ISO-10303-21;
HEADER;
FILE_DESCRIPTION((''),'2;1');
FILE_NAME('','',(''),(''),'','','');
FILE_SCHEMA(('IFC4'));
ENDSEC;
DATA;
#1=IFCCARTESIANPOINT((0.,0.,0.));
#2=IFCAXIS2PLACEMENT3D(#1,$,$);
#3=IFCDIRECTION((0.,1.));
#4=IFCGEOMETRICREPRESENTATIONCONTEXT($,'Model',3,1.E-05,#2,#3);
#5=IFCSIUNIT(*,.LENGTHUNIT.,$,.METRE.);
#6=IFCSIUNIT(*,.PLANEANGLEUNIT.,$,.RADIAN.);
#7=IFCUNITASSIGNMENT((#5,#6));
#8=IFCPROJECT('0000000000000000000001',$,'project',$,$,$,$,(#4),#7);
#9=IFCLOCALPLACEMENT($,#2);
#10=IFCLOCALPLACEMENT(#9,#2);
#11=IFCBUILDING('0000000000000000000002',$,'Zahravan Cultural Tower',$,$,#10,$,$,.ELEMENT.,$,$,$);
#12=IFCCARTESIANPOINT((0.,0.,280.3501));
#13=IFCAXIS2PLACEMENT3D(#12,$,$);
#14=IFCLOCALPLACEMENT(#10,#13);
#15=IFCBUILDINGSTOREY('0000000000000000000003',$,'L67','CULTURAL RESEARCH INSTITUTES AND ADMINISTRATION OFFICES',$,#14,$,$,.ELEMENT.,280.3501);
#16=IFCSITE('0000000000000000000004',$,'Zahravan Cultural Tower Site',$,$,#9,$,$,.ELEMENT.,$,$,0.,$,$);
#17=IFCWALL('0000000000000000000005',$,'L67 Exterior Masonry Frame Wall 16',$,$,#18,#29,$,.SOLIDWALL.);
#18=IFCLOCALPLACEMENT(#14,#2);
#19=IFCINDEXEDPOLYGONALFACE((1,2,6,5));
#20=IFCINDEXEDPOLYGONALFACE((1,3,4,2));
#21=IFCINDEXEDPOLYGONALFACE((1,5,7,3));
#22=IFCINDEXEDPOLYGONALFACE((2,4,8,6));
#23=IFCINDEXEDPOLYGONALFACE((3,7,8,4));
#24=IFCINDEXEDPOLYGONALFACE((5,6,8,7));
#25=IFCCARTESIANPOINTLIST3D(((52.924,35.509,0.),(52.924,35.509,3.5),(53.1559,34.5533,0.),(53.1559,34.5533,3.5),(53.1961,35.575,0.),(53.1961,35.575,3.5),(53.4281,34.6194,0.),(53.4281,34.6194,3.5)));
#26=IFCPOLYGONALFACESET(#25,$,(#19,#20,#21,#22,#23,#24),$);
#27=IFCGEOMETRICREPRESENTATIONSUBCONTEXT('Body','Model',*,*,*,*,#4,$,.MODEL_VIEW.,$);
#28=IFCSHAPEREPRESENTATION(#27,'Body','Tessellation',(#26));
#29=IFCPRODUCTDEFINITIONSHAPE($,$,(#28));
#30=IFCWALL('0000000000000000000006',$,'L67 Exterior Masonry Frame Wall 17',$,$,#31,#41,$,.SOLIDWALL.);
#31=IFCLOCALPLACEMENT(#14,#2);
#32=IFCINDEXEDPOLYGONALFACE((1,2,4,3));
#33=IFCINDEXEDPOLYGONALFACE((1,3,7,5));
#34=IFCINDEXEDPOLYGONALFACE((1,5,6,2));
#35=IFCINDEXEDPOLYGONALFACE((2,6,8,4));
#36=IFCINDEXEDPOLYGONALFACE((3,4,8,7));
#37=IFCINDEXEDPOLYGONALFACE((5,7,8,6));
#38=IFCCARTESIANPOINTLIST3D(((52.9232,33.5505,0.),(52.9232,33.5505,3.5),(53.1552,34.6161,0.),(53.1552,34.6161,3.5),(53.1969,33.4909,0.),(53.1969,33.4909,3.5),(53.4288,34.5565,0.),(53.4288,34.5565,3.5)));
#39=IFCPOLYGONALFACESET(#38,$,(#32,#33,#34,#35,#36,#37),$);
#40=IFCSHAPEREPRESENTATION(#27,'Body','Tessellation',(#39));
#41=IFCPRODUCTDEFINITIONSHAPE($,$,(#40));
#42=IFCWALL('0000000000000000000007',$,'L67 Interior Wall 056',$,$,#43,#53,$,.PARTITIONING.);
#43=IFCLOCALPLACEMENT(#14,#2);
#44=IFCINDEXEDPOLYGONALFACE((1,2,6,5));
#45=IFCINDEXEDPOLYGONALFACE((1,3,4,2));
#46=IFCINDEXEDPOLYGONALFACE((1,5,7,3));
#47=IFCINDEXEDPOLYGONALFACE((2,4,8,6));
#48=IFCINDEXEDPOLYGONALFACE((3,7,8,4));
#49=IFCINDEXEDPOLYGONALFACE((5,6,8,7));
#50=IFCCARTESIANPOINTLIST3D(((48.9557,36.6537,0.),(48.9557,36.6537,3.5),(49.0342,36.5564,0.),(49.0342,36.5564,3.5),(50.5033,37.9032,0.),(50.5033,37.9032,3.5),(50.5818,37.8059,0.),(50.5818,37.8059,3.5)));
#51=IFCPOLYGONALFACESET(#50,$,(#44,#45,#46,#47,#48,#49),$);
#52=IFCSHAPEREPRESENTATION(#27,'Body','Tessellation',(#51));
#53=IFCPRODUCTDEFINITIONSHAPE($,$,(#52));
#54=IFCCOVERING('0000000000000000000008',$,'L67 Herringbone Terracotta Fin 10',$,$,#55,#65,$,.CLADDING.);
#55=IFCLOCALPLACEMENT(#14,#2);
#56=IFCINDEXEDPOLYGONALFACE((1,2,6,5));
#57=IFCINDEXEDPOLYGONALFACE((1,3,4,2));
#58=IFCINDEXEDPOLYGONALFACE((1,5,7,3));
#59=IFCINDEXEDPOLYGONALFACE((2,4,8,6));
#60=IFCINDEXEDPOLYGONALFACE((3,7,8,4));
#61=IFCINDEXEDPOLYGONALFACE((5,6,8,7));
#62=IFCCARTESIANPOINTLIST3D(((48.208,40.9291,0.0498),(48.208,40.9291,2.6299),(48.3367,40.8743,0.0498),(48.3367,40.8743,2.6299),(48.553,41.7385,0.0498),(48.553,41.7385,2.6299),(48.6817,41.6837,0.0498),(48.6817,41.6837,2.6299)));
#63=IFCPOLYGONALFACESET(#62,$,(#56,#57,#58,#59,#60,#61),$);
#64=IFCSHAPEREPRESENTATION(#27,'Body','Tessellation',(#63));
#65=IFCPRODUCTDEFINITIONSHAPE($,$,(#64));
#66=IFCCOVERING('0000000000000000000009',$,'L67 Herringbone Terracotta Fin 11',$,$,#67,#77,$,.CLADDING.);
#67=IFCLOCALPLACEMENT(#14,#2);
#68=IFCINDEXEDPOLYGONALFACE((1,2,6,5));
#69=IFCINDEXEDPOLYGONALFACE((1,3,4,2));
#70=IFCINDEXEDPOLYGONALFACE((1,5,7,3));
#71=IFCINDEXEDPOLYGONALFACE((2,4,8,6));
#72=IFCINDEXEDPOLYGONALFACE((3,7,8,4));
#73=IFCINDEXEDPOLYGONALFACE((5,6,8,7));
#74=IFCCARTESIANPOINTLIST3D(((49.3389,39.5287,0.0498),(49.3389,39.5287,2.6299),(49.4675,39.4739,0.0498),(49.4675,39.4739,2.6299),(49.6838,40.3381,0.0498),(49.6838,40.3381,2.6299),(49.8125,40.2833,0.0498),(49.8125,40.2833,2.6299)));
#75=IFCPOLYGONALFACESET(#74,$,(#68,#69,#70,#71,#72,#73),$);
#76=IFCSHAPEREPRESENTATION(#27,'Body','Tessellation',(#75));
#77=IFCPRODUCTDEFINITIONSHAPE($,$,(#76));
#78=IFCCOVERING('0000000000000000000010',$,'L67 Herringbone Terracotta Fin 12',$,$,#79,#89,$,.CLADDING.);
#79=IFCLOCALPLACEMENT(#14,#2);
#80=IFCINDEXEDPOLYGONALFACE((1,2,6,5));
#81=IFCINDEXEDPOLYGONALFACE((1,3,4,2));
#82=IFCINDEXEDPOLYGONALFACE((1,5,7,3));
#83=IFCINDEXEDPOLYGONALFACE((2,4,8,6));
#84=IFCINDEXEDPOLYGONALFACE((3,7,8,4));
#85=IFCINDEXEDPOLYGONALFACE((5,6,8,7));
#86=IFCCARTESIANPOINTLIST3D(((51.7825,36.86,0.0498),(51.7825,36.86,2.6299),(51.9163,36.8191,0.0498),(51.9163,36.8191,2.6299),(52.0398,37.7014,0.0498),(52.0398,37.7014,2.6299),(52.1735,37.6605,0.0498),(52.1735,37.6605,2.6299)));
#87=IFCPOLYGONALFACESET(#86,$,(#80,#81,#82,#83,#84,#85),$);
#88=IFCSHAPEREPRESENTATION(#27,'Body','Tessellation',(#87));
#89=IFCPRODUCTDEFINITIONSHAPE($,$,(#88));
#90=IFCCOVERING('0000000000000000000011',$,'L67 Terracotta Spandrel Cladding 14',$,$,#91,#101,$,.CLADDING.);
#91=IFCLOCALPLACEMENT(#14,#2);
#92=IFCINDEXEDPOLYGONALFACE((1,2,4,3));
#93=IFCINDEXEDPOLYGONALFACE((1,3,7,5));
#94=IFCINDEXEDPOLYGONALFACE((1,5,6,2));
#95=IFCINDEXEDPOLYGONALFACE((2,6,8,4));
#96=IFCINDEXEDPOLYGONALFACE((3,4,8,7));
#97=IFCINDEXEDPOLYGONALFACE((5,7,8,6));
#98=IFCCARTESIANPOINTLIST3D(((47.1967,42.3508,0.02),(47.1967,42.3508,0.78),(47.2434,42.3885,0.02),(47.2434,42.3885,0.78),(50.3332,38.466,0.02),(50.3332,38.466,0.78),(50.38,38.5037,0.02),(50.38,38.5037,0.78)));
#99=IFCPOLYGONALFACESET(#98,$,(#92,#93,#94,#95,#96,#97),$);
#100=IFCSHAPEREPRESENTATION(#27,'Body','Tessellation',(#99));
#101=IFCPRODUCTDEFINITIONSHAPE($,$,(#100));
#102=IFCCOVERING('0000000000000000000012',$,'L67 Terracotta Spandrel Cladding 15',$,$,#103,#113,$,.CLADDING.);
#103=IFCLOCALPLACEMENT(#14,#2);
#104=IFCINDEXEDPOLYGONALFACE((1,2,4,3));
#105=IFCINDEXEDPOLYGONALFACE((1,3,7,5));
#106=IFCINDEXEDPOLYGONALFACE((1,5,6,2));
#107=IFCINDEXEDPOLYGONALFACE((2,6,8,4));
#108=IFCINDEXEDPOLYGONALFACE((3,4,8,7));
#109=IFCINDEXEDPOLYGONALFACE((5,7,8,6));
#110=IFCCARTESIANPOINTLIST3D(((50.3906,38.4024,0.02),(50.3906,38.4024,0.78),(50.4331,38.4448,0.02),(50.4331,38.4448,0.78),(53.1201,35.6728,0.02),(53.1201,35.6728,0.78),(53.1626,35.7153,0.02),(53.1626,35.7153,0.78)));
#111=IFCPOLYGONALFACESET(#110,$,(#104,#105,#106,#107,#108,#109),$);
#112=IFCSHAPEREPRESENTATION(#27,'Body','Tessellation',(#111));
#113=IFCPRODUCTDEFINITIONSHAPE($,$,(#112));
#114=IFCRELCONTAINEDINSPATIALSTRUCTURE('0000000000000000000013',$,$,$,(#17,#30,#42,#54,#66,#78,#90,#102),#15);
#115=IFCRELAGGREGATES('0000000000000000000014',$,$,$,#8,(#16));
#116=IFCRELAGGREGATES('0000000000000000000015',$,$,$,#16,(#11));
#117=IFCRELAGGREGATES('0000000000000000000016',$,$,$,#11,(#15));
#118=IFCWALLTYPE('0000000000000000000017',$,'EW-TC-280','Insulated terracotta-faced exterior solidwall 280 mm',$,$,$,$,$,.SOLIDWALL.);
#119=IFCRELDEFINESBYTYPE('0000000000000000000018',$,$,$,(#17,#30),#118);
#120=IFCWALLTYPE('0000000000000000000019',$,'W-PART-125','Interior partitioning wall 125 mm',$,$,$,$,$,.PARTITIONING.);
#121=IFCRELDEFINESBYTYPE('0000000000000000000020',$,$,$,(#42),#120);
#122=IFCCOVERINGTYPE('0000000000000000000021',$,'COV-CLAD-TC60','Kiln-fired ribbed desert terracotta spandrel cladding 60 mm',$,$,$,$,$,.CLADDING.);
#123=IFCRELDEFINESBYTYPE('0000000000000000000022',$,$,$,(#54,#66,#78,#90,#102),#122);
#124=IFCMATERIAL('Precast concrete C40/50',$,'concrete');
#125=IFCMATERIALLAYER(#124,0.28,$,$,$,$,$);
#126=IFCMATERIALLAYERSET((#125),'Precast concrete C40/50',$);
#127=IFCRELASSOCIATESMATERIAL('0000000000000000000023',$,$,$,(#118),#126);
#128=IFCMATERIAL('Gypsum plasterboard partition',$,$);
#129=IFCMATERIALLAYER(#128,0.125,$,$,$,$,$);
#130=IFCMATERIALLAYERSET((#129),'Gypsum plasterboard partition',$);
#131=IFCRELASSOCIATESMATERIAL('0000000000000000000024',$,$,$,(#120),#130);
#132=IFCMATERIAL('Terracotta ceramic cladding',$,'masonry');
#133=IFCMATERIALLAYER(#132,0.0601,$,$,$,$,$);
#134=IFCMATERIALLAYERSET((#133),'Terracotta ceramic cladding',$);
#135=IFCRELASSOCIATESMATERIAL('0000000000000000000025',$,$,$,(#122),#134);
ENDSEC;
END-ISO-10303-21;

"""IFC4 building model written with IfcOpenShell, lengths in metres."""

from ifc_helpers import new_model, si_unit, direction, frame, frame_2d, origin, origin_2d, place, context, subcontext, project, spatial, rectangle, extrude, source, transform, mapped, material, layer, layer_set, type_object, element, save


model = new_model("IFC4")

# Units and contexts
model_context = context("Model", 3, precision=1e-05, world=origin(), true_north=direction((0.0, 1.0)))
body_context = subcontext(model_context, "Body", "Model", "MODEL_VIEW")
ifc_project = project(units=[si_unit("LENGTHUNIT", "METRE"), si_unit("PLANEANGLEUNIT", "RADIAN")], contexts=[model_context])

# Site, building, storey
site_placement = place(None, origin())
site = spatial("IfcSite", under=ifc_project, at=site_placement, Name="Zahravan Cultural Tower Site", CompositionType="ELEMENT", RefElevation=0.0)
building_placement = place(site_placement, origin())
building = spatial("IfcBuilding", under=site, at=building_placement, Name="Zahravan Cultural Tower", CompositionType="ELEMENT")
storey_placement = place(building_placement, frame((0.0, 0.0, 280.3501)))
storey = spatial("IfcBuildingStorey", under=building, at=storey_placement, Name="L67", Description="CULTURAL RESEARCH INSTITUTES AND ADMINISTRATION OFFICES", CompositionType="ELEMENT", Elevation=280.3501)

# Shared definitions
ifc_material_1 = material(Name="Precast concrete C40/50", Category="concrete")
ifc_layer_1 = layer(ifc_material_1, 0.28)
ifc_layer_set_1 = layer_set([ifc_layer_1], Name="Precast concrete C40/50")
wall_type_1 = type_object("IfcWallType", Name="EW-TC-280", Description="Insulated terracotta-faced exterior solidwall 280 mm", PredefinedType="SOLIDWALL", material=ifc_layer_set_1)

# Walls
shared_shape_1 = source(origin(), body_context, "Body", "SweptSolid", [
    extrude(rectangle(XDim=0.9834, YDim=0.28, at=frame_2d((0.4917, 0.0))), origin(), (0.0, 0.0, 1.0), 3.5),
])
wall_1_placement = place(storey_placement, frame((53.0601, 35.542, 0.0), z_axis=(0.0, 0.0, 1.0), x_axis=(0.23587, -0.971785, 0.0)))
element("IfcWall", 1, at=wall_1_placement, inside=storey, type_object=wall_type_1, Name="L67 Exterior Masonry Frame Wall 16", PredefinedType="SOLIDWALL", context=body_context, shape_type="MappedRepresentation", body=[
    mapped(shared_shape_1, transform((0.0, 0.0, 0.0), x_axis=(1.0, 0.0, 0.0), y_axis=(0.0, 1.0, 0.0), z_axis=(0.0, 0.0, 1.0), scale=1.0)),
])
shared_shape_2 = source(origin(), body_context, "Body", "SweptSolid", [
    extrude(rectangle(XDim=1.0906, YDim=0.28, at=frame_2d((0.5454, 0.0))), origin(), (0.0, 0.0, 1.0), 3.5),
])
wall_2_placement = place(storey_placement, frame((53.292, 34.5864, 0.0), z_axis=(0.0, 0.0, 1.0), x_axis=(-0.212662, -0.977126, 0.0)))
element("IfcWall", 2, at=wall_2_placement, inside=storey, type_object=wall_type_1, Name="L67 Exterior Masonry Frame Wall 17", PredefinedType="SOLIDWALL", context=body_context, shape_type="MappedRepresentation", body=[
    mapped(shared_shape_2, transform((0.0, 0.0, 0.0), x_axis=(1.0, 0.0, 0.0), y_axis=(0.0, 1.0, 0.0), z_axis=(0.0, 0.0, 1.0), scale=1.0)),
])
ifc_material_2 = material(Name="Gypsum plasterboard partition")
ifc_layer_2 = layer(ifc_material_2, 0.125)
ifc_layer_set_2 = layer_set([ifc_layer_2], Name="Gypsum plasterboard partition")
wall_type_2 = type_object("IfcWallType", Name="W-PART-125", Description="Interior partitioning wall 125 mm", PredefinedType="PARTITIONING", material=ifc_layer_set_2)
shared_shape_3 = source(origin(), body_context, "Body", "SweptSolid", [
    extrude(rectangle(XDim=1.989, YDim=0.125, at=frame_2d((0.9946, 0.0))), origin(), (0.0, 0.0, 1.0), 3.5),
])
wall_3_placement = place(storey_placement, frame((48.9949, 36.605, 0.0), z_axis=(0.0, 0.0, 1.0), x_axis=(0.778059, 0.628191, 0.0)))
element("IfcWall", 3, at=wall_3_placement, inside=storey, type_object=wall_type_2, Name="L67 Interior Wall 056", PredefinedType="PARTITIONING", context=body_context, shape_type="MappedRepresentation", body=[
    mapped(shared_shape_3, transform((0.0, 0.0, 0.0), x_axis=(1.0, 0.0, 0.0), y_axis=(0.0, 1.0, 0.0), z_axis=(0.0, 0.0, 1.0), scale=1.0)),
])

# Coverings
ifc_material_3 = material(Name="Terracotta ceramic cladding", Category="masonry")
ifc_layer_3 = layer(ifc_material_3, 0.0601)
ifc_layer_set_3 = layer_set([ifc_layer_3], Name="Terracotta ceramic cladding")
covering_type = type_object("IfcCoveringType", Name="COV-CLAD-TC60", Description="Kiln-fired ribbed desert terracotta spandrel cladding 60 mm", PredefinedType="CLADDING", material=ifc_layer_set_3)
shared_shape_4 = source(origin(), body_context, "Body", "SweptSolid", [
    extrude(rectangle(XDim=0.8799, YDim=0.1399, at=origin_2d()), origin(), (0.0, 0.0, 1.0), 2.5801),
])
for number, where, z_axis, x_axis, name in (
    (4, (48.4448, 41.3064, 0.0498), (0.0, 0.0, 1.0), (0.392064, 0.919938, 0.0), "L67 Herringbone Terracotta Fin 10"),
    (5, (49.5757, 39.906, 0.0498), (0.0, 0.0, 1.0), (0.392064, 0.919938, 0.0), "L67 Herringbone Terracotta Fin 11"),
    (6, (51.978, 37.2603, 0.0498), (0.0, 0.0, 1.0), (0.292372, 0.956305, 0.0), "L67 Herringbone Terracotta Fin 12"),
):
    element("IfcCovering", number, at=place(storey_placement, frame(where, z_axis=z_axis, x_axis=x_axis)), inside=storey, type_object=covering_type, Name=name, PredefinedType="CLADDING", context=body_context, shape_type="MappedRepresentation", body=[
        mapped(shared_shape_4, transform((0.0, 0.0, 0.0), x_axis=(1.0, 0.0, 0.0), y_axis=(0.0, 1.0, 0.0), z_axis=(0.0, 0.0, 1.0), scale=1.0)),
    ])
shared_shape_5 = source(origin(), body_context, "Body", "SweptSolid", [
    extrude(rectangle(XDim=4.9929, YDim=0.0601, at=origin_2d()), origin(), (0.0, 0.0, 1.0), 0.76),
])
covering_1_placement = place(storey_placement, frame((48.7883, 40.4272, 0.02), z_axis=(0.0, 0.0, 1.0), x_axis=(0.628194, -0.778057, 0.0)))
element("IfcCovering", 7, at=covering_1_placement, inside=storey, type_object=covering_type, Name="L67 Terracotta Spandrel Cladding 14", PredefinedType="CLADDING", context=body_context, shape_type="MappedRepresentation", body=[
    mapped(shared_shape_5, transform((0.0, 0.0, 0.0), x_axis=(1.0, 0.0, 0.0), y_axis=(0.0, 1.0, 0.0), z_axis=(0.0, 0.0, 1.0), scale=1.0)),
])
shared_shape_6 = source(origin(), body_context, "Body", "SweptSolid", [
    extrude(rectangle(XDim=3.8601, YDim=0.0601, at=origin_2d()), origin(), (0.0, 0.0, 1.0), 0.76),
])
covering_2_placement = place(storey_placement, frame((51.7766, 37.0588, 0.02), z_axis=(0.0, 0.0, 1.0), x_axis=(0.707107, -0.707107, 0.0)))
element("IfcCovering", 8, at=covering_2_placement, inside=storey, type_object=covering_type, Name="L67 Terracotta Spandrel Cladding 15", PredefinedType="CLADDING", context=body_context, shape_type="MappedRepresentation", body=[
    mapped(shared_shape_6, transform((0.0, 0.0, 0.0), x_axis=(1.0, 0.0, 0.0), y_axis=(0.0, 1.0, 0.0), z_axis=(0.0, 0.0, 1.0), scale=1.0)),
])

save(model, "model.ifc")
